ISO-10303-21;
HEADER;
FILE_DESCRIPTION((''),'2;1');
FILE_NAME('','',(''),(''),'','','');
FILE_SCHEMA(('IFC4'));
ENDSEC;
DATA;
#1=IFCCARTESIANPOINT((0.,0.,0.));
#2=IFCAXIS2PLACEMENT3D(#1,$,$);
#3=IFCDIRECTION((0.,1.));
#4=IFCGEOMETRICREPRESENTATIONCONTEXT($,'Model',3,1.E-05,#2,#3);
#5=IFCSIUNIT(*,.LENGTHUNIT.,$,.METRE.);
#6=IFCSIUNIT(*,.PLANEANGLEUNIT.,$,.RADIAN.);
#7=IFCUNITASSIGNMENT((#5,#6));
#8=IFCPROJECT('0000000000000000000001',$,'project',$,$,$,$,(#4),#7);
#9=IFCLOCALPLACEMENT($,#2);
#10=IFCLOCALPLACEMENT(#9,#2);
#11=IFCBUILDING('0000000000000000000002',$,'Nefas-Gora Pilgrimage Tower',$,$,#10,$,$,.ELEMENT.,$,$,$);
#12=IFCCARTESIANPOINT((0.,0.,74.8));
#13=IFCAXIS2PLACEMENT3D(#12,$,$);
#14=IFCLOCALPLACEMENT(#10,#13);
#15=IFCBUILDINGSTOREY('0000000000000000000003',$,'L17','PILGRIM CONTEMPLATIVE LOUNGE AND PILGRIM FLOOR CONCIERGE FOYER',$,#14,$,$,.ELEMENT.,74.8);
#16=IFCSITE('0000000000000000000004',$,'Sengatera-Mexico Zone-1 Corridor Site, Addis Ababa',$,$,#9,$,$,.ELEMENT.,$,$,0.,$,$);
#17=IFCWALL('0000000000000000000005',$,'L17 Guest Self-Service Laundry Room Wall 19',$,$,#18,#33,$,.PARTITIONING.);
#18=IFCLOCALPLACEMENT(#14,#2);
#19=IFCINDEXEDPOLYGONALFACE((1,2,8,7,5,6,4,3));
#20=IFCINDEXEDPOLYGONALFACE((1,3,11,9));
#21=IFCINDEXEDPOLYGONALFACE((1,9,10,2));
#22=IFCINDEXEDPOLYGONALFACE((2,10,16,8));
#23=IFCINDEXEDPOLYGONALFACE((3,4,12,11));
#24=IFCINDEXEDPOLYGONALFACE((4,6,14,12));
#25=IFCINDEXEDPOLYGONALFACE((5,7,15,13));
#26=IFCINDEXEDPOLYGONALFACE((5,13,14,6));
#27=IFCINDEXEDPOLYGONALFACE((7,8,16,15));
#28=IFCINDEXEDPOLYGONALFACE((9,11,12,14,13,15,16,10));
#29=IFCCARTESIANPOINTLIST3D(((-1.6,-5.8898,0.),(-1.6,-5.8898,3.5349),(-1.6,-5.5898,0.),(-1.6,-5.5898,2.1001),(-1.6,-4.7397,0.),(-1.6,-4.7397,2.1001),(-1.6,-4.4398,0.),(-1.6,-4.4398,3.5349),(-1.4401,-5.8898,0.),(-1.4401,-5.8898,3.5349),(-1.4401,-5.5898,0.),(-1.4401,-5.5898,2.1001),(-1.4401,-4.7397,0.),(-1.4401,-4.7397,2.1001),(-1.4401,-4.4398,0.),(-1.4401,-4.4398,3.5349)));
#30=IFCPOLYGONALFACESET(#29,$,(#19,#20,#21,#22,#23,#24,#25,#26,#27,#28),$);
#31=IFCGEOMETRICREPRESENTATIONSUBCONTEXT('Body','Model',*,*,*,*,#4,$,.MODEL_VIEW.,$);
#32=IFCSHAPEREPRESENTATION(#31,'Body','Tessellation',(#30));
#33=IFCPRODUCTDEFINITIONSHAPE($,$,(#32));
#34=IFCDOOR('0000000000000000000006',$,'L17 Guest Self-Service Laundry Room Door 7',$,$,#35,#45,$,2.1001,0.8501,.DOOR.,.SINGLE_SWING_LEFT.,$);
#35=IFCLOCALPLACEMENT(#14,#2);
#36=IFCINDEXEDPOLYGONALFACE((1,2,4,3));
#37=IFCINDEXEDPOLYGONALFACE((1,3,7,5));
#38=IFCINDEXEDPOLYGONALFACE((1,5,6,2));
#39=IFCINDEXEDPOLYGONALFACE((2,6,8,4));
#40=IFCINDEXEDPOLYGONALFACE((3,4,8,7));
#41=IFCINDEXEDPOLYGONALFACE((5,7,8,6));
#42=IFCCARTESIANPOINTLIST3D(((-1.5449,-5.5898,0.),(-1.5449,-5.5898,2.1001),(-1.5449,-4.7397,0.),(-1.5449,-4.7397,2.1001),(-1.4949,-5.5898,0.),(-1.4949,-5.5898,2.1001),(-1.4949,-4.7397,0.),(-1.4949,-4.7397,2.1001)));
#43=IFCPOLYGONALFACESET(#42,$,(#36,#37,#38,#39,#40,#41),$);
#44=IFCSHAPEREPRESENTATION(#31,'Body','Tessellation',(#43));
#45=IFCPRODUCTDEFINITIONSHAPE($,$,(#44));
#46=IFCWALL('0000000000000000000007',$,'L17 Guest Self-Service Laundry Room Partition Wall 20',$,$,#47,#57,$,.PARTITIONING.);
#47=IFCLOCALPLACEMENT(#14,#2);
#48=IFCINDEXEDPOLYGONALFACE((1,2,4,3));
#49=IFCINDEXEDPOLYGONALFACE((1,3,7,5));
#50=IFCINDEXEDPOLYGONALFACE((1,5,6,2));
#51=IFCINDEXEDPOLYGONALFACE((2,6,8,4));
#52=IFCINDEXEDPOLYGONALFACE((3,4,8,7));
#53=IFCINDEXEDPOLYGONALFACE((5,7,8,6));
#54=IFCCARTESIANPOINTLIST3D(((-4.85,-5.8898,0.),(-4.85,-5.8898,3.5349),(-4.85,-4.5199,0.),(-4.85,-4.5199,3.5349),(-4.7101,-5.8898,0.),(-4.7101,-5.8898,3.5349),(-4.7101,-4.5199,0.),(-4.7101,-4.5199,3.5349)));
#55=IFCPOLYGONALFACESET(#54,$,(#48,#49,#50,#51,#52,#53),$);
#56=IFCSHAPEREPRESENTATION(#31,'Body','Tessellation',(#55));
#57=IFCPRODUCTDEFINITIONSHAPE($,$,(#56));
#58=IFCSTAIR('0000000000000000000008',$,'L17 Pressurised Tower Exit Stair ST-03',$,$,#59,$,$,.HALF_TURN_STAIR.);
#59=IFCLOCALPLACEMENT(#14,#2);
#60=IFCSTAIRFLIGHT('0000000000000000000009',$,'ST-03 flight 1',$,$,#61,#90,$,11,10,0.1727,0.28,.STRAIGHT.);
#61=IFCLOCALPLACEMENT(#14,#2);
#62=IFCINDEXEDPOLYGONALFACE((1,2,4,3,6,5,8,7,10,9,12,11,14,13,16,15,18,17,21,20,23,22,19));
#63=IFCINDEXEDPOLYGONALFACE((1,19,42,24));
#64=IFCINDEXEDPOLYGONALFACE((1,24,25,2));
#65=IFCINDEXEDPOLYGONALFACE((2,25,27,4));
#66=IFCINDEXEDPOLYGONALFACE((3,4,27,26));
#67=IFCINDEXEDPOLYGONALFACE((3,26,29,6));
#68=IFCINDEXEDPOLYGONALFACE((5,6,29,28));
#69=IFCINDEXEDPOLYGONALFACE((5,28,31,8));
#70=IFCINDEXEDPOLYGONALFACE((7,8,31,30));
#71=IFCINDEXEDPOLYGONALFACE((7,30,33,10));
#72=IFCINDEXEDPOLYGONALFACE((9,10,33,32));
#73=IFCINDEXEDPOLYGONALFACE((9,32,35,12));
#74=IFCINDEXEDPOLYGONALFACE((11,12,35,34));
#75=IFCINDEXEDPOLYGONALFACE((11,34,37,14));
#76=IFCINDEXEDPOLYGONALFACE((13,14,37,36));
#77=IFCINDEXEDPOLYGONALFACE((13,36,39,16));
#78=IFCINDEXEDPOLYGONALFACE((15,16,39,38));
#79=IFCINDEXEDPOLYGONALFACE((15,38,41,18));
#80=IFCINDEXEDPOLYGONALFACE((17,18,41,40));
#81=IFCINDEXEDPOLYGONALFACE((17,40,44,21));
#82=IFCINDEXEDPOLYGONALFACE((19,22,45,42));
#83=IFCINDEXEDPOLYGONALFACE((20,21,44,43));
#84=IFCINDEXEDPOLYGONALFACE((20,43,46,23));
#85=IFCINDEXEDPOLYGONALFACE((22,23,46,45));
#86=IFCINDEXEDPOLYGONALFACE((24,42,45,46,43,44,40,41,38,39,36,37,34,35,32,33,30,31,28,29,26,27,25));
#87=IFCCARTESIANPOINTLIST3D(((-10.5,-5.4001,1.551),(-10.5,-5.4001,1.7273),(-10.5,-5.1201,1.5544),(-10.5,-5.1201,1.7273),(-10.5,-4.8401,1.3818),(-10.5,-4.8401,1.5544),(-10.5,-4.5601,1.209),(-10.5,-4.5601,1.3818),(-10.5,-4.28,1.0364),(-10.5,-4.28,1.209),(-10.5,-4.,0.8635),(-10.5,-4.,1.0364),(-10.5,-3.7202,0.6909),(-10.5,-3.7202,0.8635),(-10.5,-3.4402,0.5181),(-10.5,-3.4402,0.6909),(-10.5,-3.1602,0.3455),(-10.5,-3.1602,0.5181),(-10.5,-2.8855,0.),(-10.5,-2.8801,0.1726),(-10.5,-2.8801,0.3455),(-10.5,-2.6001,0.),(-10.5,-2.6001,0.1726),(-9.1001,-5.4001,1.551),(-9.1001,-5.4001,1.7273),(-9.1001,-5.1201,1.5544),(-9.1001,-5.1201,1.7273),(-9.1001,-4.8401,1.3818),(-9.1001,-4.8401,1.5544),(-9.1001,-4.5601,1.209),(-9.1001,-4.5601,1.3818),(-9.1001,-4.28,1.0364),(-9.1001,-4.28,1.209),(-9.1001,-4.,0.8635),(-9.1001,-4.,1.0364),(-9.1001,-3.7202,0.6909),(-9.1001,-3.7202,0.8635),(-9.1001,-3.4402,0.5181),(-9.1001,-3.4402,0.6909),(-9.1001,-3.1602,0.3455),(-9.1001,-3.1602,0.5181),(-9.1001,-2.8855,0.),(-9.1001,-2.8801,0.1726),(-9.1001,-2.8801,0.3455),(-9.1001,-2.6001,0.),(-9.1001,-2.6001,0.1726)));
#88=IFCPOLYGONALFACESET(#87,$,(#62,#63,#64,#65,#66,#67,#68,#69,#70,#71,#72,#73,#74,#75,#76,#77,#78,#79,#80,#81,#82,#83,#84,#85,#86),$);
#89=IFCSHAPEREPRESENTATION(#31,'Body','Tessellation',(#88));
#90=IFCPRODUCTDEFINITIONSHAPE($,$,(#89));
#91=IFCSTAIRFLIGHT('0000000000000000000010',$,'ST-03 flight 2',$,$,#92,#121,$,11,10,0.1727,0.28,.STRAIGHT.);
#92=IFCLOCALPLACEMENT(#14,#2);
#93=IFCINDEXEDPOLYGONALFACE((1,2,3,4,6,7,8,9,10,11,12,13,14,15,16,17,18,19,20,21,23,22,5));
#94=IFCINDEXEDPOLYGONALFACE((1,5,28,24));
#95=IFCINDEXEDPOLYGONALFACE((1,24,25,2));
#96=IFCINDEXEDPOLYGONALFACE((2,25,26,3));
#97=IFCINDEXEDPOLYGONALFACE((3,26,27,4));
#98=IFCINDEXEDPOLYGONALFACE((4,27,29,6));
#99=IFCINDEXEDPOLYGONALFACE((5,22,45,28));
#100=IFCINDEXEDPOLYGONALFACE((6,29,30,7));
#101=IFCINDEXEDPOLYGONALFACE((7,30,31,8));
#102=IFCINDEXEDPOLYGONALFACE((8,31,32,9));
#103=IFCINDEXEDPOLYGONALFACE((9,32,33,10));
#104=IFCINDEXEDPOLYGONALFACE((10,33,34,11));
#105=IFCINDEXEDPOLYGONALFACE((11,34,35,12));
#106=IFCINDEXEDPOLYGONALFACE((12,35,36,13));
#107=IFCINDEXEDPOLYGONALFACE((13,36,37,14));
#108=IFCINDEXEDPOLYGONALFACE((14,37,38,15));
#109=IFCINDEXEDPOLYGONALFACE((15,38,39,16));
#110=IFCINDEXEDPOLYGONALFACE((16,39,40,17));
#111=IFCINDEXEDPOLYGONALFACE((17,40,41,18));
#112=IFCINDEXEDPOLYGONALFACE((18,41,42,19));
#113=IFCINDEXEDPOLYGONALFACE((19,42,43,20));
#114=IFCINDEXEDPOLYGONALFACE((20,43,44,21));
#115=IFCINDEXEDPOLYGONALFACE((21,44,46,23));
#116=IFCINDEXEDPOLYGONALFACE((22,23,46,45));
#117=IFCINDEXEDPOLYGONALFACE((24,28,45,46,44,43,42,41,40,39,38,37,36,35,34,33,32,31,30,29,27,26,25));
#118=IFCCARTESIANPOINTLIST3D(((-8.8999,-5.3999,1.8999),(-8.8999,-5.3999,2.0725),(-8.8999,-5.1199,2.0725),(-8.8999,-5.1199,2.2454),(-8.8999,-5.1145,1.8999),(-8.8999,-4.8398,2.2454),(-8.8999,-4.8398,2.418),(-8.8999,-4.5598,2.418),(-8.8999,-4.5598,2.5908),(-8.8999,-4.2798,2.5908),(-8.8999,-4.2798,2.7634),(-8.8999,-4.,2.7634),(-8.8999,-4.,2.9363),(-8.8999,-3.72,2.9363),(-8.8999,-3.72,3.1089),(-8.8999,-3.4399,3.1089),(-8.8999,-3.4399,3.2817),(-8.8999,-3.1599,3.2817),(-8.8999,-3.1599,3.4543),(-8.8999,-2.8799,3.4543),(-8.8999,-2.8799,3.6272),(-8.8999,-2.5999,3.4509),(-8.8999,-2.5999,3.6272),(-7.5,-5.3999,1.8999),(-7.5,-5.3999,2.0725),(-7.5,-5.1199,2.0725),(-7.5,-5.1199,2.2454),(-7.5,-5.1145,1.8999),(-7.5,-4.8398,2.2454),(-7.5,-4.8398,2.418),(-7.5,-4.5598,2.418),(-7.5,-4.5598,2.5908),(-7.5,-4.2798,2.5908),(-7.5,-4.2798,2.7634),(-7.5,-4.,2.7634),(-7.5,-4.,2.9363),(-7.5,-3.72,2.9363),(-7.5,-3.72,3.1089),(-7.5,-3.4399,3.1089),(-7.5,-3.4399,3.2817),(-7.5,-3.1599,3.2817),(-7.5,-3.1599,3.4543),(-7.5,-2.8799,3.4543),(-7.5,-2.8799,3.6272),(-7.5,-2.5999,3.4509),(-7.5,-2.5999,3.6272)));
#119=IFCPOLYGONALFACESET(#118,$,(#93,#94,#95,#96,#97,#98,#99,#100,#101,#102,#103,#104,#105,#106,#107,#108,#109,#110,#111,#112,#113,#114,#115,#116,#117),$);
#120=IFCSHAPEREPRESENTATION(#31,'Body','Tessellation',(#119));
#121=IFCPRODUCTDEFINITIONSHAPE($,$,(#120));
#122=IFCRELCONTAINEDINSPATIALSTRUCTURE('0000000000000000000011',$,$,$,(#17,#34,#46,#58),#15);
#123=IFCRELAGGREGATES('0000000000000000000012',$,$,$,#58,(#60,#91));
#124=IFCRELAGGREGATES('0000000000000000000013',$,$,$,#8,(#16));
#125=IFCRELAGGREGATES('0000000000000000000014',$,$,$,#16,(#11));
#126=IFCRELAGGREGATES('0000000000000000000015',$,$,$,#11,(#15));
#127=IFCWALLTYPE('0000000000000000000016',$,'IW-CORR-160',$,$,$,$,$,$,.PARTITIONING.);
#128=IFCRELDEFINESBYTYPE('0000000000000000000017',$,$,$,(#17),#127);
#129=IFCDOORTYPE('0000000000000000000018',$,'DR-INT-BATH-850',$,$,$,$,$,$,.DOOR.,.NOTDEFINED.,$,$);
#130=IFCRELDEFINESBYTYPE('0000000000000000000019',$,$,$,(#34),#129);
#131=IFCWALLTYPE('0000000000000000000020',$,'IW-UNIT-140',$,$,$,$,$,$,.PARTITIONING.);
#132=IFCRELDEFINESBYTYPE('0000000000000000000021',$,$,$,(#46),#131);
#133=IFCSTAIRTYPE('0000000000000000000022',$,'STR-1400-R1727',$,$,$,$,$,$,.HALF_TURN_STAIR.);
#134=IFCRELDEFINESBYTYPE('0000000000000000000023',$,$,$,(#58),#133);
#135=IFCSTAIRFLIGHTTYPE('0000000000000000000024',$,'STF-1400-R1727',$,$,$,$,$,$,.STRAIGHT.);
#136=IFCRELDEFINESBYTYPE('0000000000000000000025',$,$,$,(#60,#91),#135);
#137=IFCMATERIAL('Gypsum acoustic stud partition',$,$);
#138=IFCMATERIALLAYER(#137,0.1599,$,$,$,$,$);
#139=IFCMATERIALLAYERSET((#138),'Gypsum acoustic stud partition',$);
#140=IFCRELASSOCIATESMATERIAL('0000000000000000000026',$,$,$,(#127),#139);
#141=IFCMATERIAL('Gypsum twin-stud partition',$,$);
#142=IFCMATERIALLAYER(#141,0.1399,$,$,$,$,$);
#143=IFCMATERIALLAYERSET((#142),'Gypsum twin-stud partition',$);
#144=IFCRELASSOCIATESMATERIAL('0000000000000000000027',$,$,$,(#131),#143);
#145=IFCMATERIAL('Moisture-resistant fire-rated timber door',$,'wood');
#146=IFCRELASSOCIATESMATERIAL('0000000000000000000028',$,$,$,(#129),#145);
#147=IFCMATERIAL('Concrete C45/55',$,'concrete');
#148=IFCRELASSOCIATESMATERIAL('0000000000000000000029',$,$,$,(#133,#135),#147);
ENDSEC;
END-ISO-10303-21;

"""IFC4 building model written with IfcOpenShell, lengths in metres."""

from ifc_helpers import new_model, si_unit, direction, frame, frame_2d, origin, place, context, subcontext, project, spatial, polyline, rectangle, outline, extrude, source, transform, mapped, material, layer, layer_set, type_object, element, fill, aggregate, save


model = new_model("IFC4")

# Units and contexts
model_context = context("Model", 3, precision=1e-05, world=origin(), true_north=direction((0.0, 1.0)))
body_context = subcontext(model_context, "Body", "Model", "MODEL_VIEW")
ifc_project = project(units=[si_unit("LENGTHUNIT", "METRE"), si_unit("PLANEANGLEUNIT", "RADIAN")], contexts=[model_context])

# Site, building, storey
site_placement = place(None, origin())
site = spatial("IfcSite", under=ifc_project, at=site_placement, Name="Sengatera-Mexico Zone-1 Corridor Site, Addis Ababa", CompositionType="ELEMENT", RefElevation=0.0)
building_placement = place(site_placement, origin())
building = spatial("IfcBuilding", under=site, at=building_placement, Name="Nefas-Gora Pilgrimage Tower", CompositionType="ELEMENT")
storey_placement = place(building_placement, frame((0.0, 0.0, 74.8)))
storey = spatial("IfcBuildingStorey", under=building, at=storey_placement, Name="L17", Description="PILGRIM CONTEMPLATIVE LOUNGE AND PILGRIM FLOOR CONCIERGE FOYER", CompositionType="ELEMENT", Elevation=74.8)

# Shared definitions
ifc_material_1 = material(Name="Concrete C45/55", Category="concrete")

# Shared definitions
ifc_material_2 = material(Name="Gypsum acoustic stud partition")
ifc_layer_1 = layer(ifc_material_2, 0.1599)
ifc_layer_set_1 = layer_set([ifc_layer_1], Name="Gypsum acoustic stud partition")
wall_type_1 = type_object("IfcWallType", Name="IW-CORR-160", PredefinedType="PARTITIONING", material=ifc_layer_set_1)
ifc_material_3 = material(Name="Gypsum twin-stud partition")
ifc_layer_2 = layer(ifc_material_3, 0.1399)
ifc_layer_set_2 = layer_set([ifc_layer_2], Name="Gypsum twin-stud partition")
wall_type_2 = type_object("IfcWallType", Name="IW-UNIT-140", PredefinedType="PARTITIONING", material=ifc_layer_set_2)

# Shared definitions
ifc_material_4 = material(Name="Moisture-resistant fire-rated timber door", Category="wood")
door_type_1 = type_object("IfcDoorType", Name="DR-INT-BATH-850", OperationType="NOTDEFINED", PredefinedType="DOOR", material=ifc_material_4)
shared_shape_1 = source(origin(), body_context, "Body", "SweptSolid", [
    extrude(rectangle(XDim=0.8501, YDim=2.1001, at=frame_2d((0.425, 1.05))), frame((0.0, 0.0249, 0.0), z_axis=(0.0, -1.0, 0.0), x_axis=(1.0, 0.0, 0.0)), (0.0, 0.0, 1.0), 0.05),
])

# Wall, opening, door
shared_shape_2 = source(origin(), body_context, "Body", "SweptSolid", [
    extrude(rectangle(XDim=1.45, YDim=0.1599, at=frame_2d((0.7251, 0.0))), origin(), (0.0, 0.0, 1.0), 3.5349),
])
wall_1_placement = place(storey_placement, frame((-1.52, -5.8899, 0.0), z_axis=(0.0, 0.0, 1.0), x_axis=(0.0, 1.0, 0.0)))
wall_1 = element("IfcWall", 1, at=wall_1_placement, inside=storey, type_object=wall_type_1, Name="L17 Guest Self-Service Laundry Room Wall 19", PredefinedType="PARTITIONING", context=body_context, shape_type="MappedRepresentation", body=[
    mapped(shared_shape_2, transform((0.0, 0.0, 0.0), x_axis=(1.0, 0.0, 0.0), y_axis=(0.0, 1.0, 0.0), z_axis=(0.0, 0.0, 1.0), scale=1.0)),
])
opening_1_placement = place(wall_1_placement, frame((0.3, 0.0, 0.0)))
opening_1 = element("IfcOpeningElement", 2, at=opening_1_placement, cuts=wall_1, PredefinedType="OPENING", context=body_context, shape_type="SweptSolid", body=[
    extrude(rectangle(XDim=0.8501, YDim=2.1001, at=frame_2d((0.425, 1.05))), frame((0.0, 0.0898, 0.0), z_axis=(0.0, -1.0, 0.0), x_axis=(1.0, 0.0, 0.0)), (0.0, 0.0, 1.0), 0.1799),
])
door_1_placement = place(opening_1_placement, origin())
door_1 = element("IfcDoor", 3, at=door_1_placement, inside=storey, type_object=door_type_1, Name="L17 Guest Self-Service Laundry Room Door 7", OperationType="SINGLE_SWING_LEFT", OverallHeight=2.1001, OverallWidth=0.8501, PredefinedType="DOOR", context=body_context, shape_type="MappedRepresentation", body=[
    mapped(shared_shape_1, transform((0.0, 0.0, 0.0), x_axis=(1.0, 0.0, 0.0), y_axis=(0.0, 1.0, 0.0), z_axis=(0.0, 0.0, 1.0), scale=1.0)),
])
fill(opening_1, door_1)

# Wall
shared_shape_3 = source(origin(), body_context, "Body", "SweptSolid", [
    extrude(rectangle(XDim=1.3699, YDim=0.1399, at=frame_2d((0.6851, 0.0))), origin(), (0.0, 0.0, 1.0), 3.5349),
])
wall_2_placement = place(storey_placement, frame((-4.78, -5.8899, 0.0), z_axis=(0.0, 0.0, 1.0), x_axis=(0.0, 1.0, 0.0)))
element("IfcWall", 4, at=wall_2_placement, inside=storey, type_object=wall_type_2, Name="L17 Guest Self-Service Laundry Room Partition Wall 20", PredefinedType="PARTITIONING", context=body_context, shape_type="MappedRepresentation", body=[
    mapped(shared_shape_3, transform((0.0, 0.0, 0.0), x_axis=(1.0, 0.0, 0.0), y_axis=(0.0, 1.0, 0.0), z_axis=(0.0, 0.0, 1.0), scale=1.0)),
])

# Stair, stair flights
stair_type = type_object("IfcStairType", Name="STR-1400-R1727", PredefinedType="HALF_TURN_STAIR", material=ifc_material_1)
stair_placement = place(storey_placement, origin())
stair = element("IfcStair", 5, at=stair_placement, inside=storey, type_object=stair_type, Name="L17 Pressurised Tower Exit Stair ST-03", PredefinedType="HALF_TURN_STAIR")
stair_flight_type = type_object("IfcStairFlightType", Name="STF-1400-R1727", PredefinedType="STRAIGHT", material=ifc_material_1)
shared_shape_4 = source(origin(), body_context, "Body", "SweptSolid", [
    extrude(outline(polyline([(0.0, 0.0), (0.0, 0.1726), (0.28, 0.1726), (0.28, 0.3455), (0.5601, 0.3455), (0.5601, 0.5181), (0.8401, 0.5181), (0.8401, 0.6909), (1.1201, 0.6909), (1.1201, 0.8635), (1.3999, 0.8635), (1.3999, 1.0364), (1.6799, 1.0364), (1.6799, 1.209), (1.96, 1.209), (1.96, 1.3818), (2.24, 1.3818), (2.24, 1.5544), (2.52, 1.5544), (2.52, 1.7273), (2.8, 1.7273), (2.8, 1.8999), (2.8, 1.551), (0.2854, 0.0), (0.0, 0.0)])), frame((0.0, 0.7, 0.0), z_axis=(0.0, -1.0, 0.0), x_axis=(1.0, 0.0, 0.0)), (0.0, 0.0, 1.0), 1.3999),
])
stair_flight_1_placement = place(storey_placement, frame((-9.8, -2.6001, 0.0), z_axis=(0.0, 0.0, 1.0), x_axis=(0.0, -1.0, 0.0)))
stair_flight_1 = element("IfcStairFlight", 6, at=stair_flight_1_placement, type_object=stair_flight_type, Name="ST-03 flight 1", NumberOfRisers=11, NumberOfTreads=10, PredefinedType="STRAIGHT", RiserHeight=0.1727, TreadLength=0.28, context=body_context, shape_type="MappedRepresentation", body=[
    mapped(shared_shape_4, transform((0.0, 0.0, 0.0), x_axis=(1.0, 0.0, 0.0), y_axis=(0.0, 1.0, 0.0), z_axis=(0.0, 0.0, 1.0), scale=1.0)),
])
stair_flight_2_placement = place(storey_placement, frame((-8.2, -5.3999, 1.8999), z_axis=(0.0, 0.0, 1.0), x_axis=(0.0, 1.0, 0.0)))
stair_flight_2 = element("IfcStairFlight", 7, at=stair_flight_2_placement, type_object=stair_flight_type, Name="ST-03 flight 2", NumberOfRisers=11, NumberOfTreads=10, PredefinedType="STRAIGHT", RiserHeight=0.1727, TreadLength=0.28, context=body_context, shape_type="MappedRepresentation", body=[
    mapped(shared_shape_4, transform((0.0, 0.0, 0.0), x_axis=(1.0, 0.0, 0.0), y_axis=(0.0, 1.0, 0.0), z_axis=(0.0, 0.0, 1.0), scale=1.0)),
])
aggregate(stair, [stair_flight_1, stair_flight_2])

save(model, "model.ifc")
